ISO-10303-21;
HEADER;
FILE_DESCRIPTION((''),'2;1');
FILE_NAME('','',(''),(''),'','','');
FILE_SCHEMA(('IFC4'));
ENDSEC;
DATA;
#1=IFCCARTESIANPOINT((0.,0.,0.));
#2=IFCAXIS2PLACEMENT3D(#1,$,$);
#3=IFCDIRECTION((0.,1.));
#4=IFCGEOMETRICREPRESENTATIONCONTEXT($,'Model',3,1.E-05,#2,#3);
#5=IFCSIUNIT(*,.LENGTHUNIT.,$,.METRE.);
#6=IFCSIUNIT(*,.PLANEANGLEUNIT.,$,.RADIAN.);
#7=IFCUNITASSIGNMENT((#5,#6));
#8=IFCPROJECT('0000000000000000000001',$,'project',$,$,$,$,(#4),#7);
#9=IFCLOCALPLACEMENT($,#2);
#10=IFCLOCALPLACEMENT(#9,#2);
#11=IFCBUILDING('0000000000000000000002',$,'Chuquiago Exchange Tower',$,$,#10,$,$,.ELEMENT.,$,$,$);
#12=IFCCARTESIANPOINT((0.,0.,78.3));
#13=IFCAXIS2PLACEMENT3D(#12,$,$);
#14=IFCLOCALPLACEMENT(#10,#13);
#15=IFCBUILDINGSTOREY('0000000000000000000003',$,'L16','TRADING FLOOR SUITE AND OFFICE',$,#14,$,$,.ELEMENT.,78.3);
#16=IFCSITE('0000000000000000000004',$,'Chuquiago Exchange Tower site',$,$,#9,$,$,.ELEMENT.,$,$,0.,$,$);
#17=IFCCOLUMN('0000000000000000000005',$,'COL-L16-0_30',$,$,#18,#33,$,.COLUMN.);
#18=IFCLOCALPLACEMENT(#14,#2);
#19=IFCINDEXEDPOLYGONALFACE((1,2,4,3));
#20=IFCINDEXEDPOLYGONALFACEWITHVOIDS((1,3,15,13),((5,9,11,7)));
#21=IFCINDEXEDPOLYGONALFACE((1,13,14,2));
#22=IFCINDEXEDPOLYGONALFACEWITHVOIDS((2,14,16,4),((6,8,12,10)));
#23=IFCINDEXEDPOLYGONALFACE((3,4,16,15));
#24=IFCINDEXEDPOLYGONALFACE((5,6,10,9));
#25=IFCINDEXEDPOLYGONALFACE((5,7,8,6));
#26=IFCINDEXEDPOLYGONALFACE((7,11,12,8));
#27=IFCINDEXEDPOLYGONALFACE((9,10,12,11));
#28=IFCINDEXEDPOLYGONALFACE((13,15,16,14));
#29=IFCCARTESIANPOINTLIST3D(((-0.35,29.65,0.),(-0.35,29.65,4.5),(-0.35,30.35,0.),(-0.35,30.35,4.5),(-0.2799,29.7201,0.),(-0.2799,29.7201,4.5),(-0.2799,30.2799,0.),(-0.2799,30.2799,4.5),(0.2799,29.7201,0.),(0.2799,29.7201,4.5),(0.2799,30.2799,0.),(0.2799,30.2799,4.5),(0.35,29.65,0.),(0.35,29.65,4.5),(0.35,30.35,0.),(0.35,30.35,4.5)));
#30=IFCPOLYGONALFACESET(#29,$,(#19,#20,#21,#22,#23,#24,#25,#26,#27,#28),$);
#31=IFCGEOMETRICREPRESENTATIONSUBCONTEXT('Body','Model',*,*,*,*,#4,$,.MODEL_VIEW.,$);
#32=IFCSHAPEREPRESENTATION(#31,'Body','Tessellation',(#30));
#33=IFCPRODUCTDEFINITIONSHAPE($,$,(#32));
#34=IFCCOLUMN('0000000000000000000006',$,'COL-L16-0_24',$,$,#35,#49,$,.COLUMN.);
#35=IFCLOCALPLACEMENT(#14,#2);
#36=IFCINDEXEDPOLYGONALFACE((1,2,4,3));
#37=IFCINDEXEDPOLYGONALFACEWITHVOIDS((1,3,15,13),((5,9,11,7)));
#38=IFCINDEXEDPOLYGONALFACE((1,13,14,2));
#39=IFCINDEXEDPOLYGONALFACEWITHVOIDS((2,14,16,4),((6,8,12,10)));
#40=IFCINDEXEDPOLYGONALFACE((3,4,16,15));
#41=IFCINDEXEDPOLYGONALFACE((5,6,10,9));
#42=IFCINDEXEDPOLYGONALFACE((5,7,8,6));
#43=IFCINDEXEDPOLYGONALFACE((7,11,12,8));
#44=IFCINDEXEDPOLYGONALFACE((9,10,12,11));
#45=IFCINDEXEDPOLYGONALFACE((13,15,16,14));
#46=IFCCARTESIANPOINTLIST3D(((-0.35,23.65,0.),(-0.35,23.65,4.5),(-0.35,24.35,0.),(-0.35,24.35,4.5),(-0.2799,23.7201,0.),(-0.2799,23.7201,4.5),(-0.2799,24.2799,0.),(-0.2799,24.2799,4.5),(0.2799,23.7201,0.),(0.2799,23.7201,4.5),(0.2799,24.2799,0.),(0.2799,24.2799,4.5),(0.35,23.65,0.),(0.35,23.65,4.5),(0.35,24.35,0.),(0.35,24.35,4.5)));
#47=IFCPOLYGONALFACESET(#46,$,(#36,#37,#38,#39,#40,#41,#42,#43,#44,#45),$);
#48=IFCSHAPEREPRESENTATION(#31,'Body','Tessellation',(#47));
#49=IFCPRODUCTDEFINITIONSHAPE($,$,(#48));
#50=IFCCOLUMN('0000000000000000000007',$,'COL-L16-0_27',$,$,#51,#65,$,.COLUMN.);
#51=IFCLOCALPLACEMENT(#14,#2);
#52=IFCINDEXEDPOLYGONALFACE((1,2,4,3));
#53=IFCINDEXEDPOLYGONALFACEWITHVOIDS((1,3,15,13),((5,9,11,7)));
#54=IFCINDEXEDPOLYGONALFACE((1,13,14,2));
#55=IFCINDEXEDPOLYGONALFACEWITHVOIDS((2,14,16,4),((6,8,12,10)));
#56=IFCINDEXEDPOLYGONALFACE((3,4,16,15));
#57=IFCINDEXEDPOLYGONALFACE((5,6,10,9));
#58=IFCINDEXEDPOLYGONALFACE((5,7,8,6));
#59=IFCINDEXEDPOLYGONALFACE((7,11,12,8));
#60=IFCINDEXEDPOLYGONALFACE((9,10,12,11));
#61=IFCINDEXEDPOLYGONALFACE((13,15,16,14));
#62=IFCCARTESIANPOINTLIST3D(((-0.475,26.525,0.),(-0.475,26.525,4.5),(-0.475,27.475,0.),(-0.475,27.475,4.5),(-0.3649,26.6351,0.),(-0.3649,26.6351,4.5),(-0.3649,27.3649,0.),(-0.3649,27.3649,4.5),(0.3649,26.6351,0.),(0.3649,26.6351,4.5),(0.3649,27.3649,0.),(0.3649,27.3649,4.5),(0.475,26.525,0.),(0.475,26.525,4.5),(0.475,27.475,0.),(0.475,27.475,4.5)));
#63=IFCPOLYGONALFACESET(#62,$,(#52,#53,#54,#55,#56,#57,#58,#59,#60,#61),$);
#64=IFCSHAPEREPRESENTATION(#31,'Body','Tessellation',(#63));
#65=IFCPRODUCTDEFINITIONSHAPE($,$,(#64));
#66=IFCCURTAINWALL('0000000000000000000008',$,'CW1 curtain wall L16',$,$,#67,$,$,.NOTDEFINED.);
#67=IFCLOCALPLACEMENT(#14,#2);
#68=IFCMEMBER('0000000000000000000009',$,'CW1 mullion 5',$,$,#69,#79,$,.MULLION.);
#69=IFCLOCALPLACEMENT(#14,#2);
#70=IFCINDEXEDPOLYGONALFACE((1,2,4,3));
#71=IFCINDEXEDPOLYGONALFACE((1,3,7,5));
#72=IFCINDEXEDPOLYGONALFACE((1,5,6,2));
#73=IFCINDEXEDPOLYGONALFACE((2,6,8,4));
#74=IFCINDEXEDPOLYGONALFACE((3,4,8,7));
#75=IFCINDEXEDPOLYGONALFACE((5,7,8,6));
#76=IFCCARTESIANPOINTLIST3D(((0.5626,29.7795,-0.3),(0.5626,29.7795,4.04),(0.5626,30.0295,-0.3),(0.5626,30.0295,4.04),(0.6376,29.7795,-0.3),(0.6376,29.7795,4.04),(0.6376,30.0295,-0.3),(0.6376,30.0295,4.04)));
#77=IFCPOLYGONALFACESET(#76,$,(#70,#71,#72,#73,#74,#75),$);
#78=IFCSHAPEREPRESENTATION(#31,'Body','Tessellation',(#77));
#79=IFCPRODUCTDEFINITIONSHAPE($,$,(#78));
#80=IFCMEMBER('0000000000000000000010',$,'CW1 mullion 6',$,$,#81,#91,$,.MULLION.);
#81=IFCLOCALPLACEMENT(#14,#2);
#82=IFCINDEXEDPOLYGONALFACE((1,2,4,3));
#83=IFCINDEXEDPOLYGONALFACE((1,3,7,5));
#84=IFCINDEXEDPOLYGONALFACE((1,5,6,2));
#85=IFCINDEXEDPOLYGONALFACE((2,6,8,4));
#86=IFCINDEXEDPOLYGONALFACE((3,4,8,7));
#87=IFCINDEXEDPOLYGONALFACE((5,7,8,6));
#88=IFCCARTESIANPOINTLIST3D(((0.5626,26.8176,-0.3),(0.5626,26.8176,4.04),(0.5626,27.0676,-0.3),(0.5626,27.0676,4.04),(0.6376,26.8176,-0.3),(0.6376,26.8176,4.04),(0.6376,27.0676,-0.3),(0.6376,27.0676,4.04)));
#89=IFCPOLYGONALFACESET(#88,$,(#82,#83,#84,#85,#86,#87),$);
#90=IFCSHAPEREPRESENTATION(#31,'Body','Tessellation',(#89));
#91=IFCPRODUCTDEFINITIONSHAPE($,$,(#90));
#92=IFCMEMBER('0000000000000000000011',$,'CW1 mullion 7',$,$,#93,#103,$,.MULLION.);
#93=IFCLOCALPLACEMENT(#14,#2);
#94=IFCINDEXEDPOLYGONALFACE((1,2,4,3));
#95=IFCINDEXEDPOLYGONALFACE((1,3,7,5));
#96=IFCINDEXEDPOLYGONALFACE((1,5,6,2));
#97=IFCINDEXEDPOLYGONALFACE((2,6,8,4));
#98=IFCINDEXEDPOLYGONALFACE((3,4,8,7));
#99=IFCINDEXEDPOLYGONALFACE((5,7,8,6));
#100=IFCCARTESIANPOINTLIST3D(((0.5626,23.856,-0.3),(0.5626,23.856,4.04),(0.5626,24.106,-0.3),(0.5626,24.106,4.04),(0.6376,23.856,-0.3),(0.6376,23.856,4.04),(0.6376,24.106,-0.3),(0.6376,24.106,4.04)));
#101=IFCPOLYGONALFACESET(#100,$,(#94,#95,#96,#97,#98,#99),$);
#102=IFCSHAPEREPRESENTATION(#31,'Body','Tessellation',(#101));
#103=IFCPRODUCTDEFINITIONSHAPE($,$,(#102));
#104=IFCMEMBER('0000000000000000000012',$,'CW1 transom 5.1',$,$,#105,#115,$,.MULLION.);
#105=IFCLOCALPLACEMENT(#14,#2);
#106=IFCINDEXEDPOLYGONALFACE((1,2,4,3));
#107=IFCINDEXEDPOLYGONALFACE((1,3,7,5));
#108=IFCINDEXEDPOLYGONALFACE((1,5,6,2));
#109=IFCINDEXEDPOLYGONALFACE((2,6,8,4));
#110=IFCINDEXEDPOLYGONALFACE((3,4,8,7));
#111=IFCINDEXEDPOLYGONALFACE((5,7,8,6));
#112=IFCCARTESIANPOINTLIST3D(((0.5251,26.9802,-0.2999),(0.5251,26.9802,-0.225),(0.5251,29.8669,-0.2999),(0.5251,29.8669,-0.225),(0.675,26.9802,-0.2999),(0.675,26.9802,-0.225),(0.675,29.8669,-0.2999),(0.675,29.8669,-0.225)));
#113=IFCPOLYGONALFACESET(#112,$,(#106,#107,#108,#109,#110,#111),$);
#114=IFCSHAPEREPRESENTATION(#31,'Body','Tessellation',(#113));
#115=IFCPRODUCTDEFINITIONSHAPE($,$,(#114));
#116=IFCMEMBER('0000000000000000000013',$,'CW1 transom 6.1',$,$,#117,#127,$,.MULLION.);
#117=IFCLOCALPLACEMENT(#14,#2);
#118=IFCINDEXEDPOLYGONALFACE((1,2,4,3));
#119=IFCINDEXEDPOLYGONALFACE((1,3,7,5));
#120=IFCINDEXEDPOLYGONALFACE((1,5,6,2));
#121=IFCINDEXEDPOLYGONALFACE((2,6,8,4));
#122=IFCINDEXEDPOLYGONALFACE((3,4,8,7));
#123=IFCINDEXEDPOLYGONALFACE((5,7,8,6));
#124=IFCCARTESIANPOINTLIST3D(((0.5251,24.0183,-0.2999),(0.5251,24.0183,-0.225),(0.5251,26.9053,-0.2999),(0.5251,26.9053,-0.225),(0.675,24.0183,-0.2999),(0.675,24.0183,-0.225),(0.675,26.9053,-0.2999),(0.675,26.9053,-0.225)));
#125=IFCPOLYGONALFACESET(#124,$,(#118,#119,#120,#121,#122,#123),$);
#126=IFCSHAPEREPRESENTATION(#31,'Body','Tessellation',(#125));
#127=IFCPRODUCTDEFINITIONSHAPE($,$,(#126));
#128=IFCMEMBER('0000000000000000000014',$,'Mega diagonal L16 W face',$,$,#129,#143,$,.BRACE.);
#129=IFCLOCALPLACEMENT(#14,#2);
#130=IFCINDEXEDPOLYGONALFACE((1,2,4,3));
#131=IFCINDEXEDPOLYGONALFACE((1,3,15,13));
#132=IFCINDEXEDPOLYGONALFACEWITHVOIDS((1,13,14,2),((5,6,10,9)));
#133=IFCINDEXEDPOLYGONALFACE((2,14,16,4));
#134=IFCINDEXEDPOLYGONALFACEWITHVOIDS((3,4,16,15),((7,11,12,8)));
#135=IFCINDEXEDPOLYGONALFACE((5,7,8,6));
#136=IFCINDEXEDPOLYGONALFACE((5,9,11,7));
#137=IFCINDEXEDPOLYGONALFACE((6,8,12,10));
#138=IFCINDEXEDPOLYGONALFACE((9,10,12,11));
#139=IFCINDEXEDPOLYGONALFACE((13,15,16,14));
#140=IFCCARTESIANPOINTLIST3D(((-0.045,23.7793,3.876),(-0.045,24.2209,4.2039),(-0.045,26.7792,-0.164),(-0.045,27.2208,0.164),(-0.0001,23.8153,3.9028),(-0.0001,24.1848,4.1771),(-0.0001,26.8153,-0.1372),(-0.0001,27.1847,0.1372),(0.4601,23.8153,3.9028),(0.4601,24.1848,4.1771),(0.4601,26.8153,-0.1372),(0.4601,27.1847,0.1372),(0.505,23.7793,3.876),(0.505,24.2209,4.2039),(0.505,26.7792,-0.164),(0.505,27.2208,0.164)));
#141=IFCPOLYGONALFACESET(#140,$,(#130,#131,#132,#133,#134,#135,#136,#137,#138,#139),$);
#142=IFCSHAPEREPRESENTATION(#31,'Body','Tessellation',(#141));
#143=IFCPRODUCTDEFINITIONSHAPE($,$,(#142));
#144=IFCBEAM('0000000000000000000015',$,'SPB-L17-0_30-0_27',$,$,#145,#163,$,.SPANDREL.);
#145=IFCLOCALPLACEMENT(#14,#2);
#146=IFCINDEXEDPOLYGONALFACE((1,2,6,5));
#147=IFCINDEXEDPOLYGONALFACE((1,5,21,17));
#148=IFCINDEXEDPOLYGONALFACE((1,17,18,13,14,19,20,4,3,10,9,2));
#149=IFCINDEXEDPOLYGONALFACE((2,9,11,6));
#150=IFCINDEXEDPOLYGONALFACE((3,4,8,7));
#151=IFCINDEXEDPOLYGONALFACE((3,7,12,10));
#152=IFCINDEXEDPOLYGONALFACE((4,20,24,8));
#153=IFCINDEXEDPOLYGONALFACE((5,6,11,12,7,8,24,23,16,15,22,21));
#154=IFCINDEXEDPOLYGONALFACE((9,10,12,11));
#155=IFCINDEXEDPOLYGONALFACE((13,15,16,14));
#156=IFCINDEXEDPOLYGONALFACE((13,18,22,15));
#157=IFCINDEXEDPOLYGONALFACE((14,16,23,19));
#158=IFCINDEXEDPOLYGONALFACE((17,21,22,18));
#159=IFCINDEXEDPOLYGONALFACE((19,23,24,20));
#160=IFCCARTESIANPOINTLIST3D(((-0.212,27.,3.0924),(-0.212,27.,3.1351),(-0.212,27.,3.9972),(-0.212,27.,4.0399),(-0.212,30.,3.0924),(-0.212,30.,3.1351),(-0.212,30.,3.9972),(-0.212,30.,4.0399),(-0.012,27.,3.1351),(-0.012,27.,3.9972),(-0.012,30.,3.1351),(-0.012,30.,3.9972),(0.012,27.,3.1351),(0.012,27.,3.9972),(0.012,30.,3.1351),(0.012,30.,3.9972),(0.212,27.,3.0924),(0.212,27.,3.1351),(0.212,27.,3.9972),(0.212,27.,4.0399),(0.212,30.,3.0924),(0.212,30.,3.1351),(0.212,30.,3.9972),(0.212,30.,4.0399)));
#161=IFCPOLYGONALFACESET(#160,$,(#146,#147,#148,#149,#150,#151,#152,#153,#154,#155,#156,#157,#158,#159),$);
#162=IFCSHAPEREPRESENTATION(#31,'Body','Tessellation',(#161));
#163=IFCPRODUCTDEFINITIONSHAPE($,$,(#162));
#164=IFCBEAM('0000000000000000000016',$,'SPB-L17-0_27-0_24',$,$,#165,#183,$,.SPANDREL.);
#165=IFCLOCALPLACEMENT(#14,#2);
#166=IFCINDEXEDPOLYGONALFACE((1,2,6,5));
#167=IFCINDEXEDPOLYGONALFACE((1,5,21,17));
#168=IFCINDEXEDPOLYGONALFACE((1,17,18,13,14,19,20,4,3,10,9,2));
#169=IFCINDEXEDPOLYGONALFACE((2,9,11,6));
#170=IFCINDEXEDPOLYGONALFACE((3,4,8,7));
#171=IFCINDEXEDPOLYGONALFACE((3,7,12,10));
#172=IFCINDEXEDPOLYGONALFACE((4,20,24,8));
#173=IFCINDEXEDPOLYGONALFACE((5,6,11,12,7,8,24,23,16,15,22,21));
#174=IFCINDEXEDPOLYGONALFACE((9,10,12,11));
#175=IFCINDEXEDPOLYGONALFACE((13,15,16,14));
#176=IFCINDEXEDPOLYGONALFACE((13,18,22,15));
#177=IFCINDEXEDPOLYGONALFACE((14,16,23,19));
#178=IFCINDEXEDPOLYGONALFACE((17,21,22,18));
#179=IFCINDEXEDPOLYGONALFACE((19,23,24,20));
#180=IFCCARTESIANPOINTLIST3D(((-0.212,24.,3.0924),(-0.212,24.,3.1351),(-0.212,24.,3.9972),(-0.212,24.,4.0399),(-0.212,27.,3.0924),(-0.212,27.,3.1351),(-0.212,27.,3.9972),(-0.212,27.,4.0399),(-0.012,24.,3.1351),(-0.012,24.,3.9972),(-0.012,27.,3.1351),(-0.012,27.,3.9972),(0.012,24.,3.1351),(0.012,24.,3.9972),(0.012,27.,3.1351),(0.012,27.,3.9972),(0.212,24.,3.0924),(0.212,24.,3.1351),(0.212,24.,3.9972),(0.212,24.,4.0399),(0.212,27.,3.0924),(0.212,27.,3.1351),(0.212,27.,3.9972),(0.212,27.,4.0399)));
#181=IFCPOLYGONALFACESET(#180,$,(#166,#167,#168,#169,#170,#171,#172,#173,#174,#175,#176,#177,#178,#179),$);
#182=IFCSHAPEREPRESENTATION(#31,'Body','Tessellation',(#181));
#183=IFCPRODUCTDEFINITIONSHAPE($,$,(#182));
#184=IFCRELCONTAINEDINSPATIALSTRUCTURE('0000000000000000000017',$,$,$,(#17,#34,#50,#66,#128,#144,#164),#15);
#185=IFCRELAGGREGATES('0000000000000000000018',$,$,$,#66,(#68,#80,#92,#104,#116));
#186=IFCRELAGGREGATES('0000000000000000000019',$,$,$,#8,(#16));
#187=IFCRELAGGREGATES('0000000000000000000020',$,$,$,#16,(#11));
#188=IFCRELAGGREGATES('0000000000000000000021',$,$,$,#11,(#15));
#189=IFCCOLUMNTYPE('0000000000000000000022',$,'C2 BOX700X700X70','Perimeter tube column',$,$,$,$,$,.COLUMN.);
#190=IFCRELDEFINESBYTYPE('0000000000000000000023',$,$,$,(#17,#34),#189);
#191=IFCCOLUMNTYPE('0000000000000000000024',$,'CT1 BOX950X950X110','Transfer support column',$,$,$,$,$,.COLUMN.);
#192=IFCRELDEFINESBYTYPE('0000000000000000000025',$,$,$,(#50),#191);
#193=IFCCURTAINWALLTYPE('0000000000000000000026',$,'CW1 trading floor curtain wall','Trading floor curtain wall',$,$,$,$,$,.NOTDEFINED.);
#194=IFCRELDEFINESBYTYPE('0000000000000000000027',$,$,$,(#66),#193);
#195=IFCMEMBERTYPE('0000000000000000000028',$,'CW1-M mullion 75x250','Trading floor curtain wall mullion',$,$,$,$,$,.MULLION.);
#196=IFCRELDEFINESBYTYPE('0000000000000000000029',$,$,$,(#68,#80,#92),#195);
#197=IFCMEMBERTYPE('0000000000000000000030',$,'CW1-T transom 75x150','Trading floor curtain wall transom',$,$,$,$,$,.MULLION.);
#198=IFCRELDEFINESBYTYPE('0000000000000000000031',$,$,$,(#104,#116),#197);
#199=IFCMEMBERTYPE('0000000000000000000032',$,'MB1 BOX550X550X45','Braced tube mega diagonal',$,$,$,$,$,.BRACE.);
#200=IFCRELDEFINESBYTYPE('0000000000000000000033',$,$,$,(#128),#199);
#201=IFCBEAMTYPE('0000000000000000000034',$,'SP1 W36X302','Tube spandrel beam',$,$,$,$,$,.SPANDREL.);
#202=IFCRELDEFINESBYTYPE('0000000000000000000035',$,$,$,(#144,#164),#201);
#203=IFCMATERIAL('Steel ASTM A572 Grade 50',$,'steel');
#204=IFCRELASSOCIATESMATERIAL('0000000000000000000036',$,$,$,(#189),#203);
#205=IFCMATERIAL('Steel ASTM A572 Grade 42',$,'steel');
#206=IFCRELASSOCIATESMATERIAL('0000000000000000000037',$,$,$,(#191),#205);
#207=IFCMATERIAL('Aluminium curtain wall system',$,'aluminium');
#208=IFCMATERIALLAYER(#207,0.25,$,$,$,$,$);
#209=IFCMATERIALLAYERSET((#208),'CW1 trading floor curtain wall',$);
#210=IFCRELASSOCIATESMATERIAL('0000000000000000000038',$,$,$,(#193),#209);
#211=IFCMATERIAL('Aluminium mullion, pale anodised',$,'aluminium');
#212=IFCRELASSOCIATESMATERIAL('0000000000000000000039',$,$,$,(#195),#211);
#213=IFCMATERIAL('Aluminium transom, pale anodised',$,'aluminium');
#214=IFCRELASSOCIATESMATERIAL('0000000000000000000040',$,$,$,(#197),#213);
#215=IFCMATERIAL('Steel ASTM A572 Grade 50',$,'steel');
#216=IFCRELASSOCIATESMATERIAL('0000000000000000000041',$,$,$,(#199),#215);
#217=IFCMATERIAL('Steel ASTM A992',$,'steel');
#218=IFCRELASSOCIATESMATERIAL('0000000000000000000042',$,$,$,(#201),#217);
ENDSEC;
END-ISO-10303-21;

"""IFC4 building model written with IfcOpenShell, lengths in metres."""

from ifc_helpers import new_model, si_unit, direction, frame, origin, origin_2d, place, context, subcontext, project, spatial, rectangle, hollow_rectangle, i_section, extrude, material, layer, layer_set, material_profile, profile_set, type_object, element, aggregate, save


model = new_model("IFC4")

# Units and contexts
model_context = context("Model", 3, precision=1e-05, world=origin(), true_north=direction((0.0, 1.0)))
body_context = subcontext(model_context, "Body", "Model", "MODEL_VIEW")
ifc_project = project(units=[si_unit("LENGTHUNIT", "METRE"), si_unit("PLANEANGLEUNIT", "RADIAN")], contexts=[model_context])

# Site, building, storey
site_placement = place(None, origin())
site = spatial("IfcSite", under=ifc_project, at=site_placement, Name="Chuquiago Exchange Tower site", CompositionType="ELEMENT", RefElevation=0.0)
building_placement = place(site_placement, origin())
building = spatial("IfcBuilding", under=site, at=building_placement, Name="Chuquiago Exchange Tower", CompositionType="ELEMENT")
storey_placement = place(building_placement, frame((0.0, 0.0, 78.3)))
storey = spatial("IfcBuildingStorey", under=building, at=storey_placement, Name="L16", Description="TRADING FLOOR SUITE AND OFFICE", CompositionType="ELEMENT", Elevation=78.3)

# Columns
ifc_material_1 = material(Name="Steel ASTM A572 Grade 50", Category="steel")
ifc_material_profile_1 = material_profile(ifc_material_1, hollow_rectangle(XDim=0.7, YDim=0.7, WallThickness=0.0701, at=origin_2d()), Name="BOX700X700X70")
ifc_profile_set_1 = profile_set([ifc_material_profile_1], Name="Steel ASTM A572 Grade 50")
column_type_1 = type_object("IfcColumnType", Name="C2 BOX700X700X70", Description="Perimeter tube column", PredefinedType="COLUMN", material=ifc_profile_set_1)
for number, where, z_axis, x_axis, name in (
    (1, (0.0, 30.0, 0.0), (0.0, 0.0, 1.0), (-1.0, 0.0, 0.0), "COL-L16-0_30"),
    (2, (0.0, 24.0, 0.0), (0.0, 0.0, 1.0), (-1.0, 0.0, 0.0), "COL-L16-0_24"),
):
    element("IfcColumn", number, at=place(storey_placement, frame(where, z_axis=z_axis, x_axis=x_axis)), inside=storey, type_object=column_type_1, Name=name, PredefinedType="COLUMN", context=body_context, shape_type="SweptSolid", body=[
        extrude(hollow_rectangle(XDim=0.7, YDim=0.7, WallThickness=0.0701, at=origin_2d()), origin(), (0.0, 0.0, 1.0), 4.5),
    ])
ifc_material_2 = material(Name="Steel ASTM A572 Grade 42", Category="steel")
ifc_material_profile_2 = material_profile(ifc_material_2, hollow_rectangle(XDim=0.95, YDim=0.95, WallThickness=0.1101, at=origin_2d()), Name="BOX950X950X110")
ifc_profile_set_2 = profile_set([ifc_material_profile_2], Name="Steel ASTM A572 Grade 42")
column_type_2 = type_object("IfcColumnType", Name="CT1 BOX950X950X110", Description="Transfer support column", PredefinedType="COLUMN", material=ifc_profile_set_2)
column_placement = place(storey_placement, frame((0.0, 27.0, 0.0), z_axis=(0.0, 0.0, 1.0), x_axis=(-1.0, 0.0, 0.0)))
element("IfcColumn", 3, at=column_placement, inside=storey, type_object=column_type_2, Name="COL-L16-0_27", PredefinedType="COLUMN", context=body_context, shape_type="SweptSolid", body=[
    extrude(hollow_rectangle(XDim=0.95, YDim=0.95, WallThickness=0.1101, at=origin_2d()), origin(), (0.0, 0.0, 1.0), 4.5),
])

# Curtain wall, members
ifc_material_3 = material(Name="Aluminium curtain wall system", Category="aluminium")
ifc_layer_1 = layer(ifc_material_3, 0.25)
ifc_layer_set_1 = layer_set([ifc_layer_1], Name="CW1 trading floor curtain wall")
curtain_wall_type = type_object("IfcCurtainWallType", Name="CW1 trading floor curtain wall", Description="Trading floor curtain wall", PredefinedType="NOTDEFINED", material=ifc_layer_set_1)
curtain_wall_placement = place(storey_placement, origin())
curtain_wall = element("IfcCurtainWall", 4, at=curtain_wall_placement, inside=storey, type_object=curtain_wall_type, Name="CW1 curtain wall L16", PredefinedType="NOTDEFINED")
ifc_material_4 = material(Name="Aluminium mullion, pale anodised", Category="aluminium")
ifc_material_profile_3 = material_profile(ifc_material_4, rectangle(XDim=0.075, YDim=0.25, at=origin_2d()), Name="AL 75x250")
ifc_profile_set_3 = profile_set([ifc_material_profile_3], Name="Aluminium mullion, pale anodised")
member_type_1 = type_object("IfcMemberType", Name="CW1-M mullion 75x250", Description="Trading floor curtain wall mullion", PredefinedType="MULLION", material=ifc_profile_set_3)
member_1_placement = place(storey_placement, frame((0.6001, 29.9045, -0.3), z_axis=(0.0, 0.0, 1.0), x_axis=(1.0, 0.0, 0.0)))
member_1 = element("IfcMember", 5, at=member_1_placement, type_object=member_type_1, Name="CW1 mullion 5", PredefinedType="MULLION", context=body_context, shape_type="SweptSolid", body=[
    extrude(rectangle(XDim=0.075, YDim=0.25, at=origin_2d()), origin(), (0.0, 0.0, 1.0), 4.3401),
])
member_2_placement = place(storey_placement, frame((0.6001, 26.9426, -0.3), z_axis=(0.0, 0.0, 1.0), x_axis=(1.0, 0.0, 0.0)))
member_2 = element("IfcMember", 6, at=member_2_placement, type_object=member_type_1, Name="CW1 mullion 6", PredefinedType="MULLION", context=body_context, shape_type="SweptSolid", body=[
    extrude(rectangle(XDim=0.075, YDim=0.25, at=origin_2d()), origin(), (0.0, 0.0, 1.0), 4.3401),
])
member_3_placement = place(storey_placement, frame((0.6001, 23.981, -0.3), z_axis=(0.0, 0.0, 1.0), x_axis=(1.0, 0.0, 0.0)))
member_3 = element("IfcMember", 7, at=member_3_placement, type_object=member_type_1, Name="CW1 mullion 7", PredefinedType="MULLION", context=body_context, shape_type="SweptSolid", body=[
    extrude(rectangle(XDim=0.075, YDim=0.25, at=origin_2d()), origin(), (0.0, 0.0, 1.0), 4.3401),
])
ifc_material_5 = material(Name="Aluminium transom, pale anodised", Category="aluminium")
ifc_material_profile_4 = material_profile(ifc_material_5, rectangle(XDim=0.1499, YDim=0.075, at=origin_2d()), Name="AL 150x75")
ifc_profile_set_4 = profile_set([ifc_material_profile_4], Name="Aluminium transom, pale anodised")
member_type_2 = type_object("IfcMemberType", Name="CW1-T transom 75x150", Description="Trading floor curtain wall transom", PredefinedType="MULLION", material=ifc_profile_set_4)
member_4_placement = place(storey_placement, frame((0.6001, 29.8669, -0.2625), z_axis=(0.0, -1.0, 0.0), x_axis=(1.0, 0.0, 0.0)))
member_4 = element("IfcMember", 8, at=member_4_placement, type_object=member_type_2, Name="CW1 transom 5.1", PredefinedType="MULLION", context=body_context, shape_type="SweptSolid", body=[
    extrude(rectangle(XDim=0.1499, YDim=0.075, at=origin_2d()), origin(), (0.0, 0.0, 1.0), 2.8867),
])
member_5_placement = place(storey_placement, frame((0.6001, 26.9053, -0.2625), z_axis=(0.0, -1.0, 0.0), x_axis=(1.0, 0.0, 0.0)))
member_5 = element("IfcMember", 9, at=member_5_placement, type_object=member_type_2, Name="CW1 transom 6.1", PredefinedType="MULLION", context=body_context, shape_type="SweptSolid", body=[
    extrude(rectangle(XDim=0.1499, YDim=0.075, at=origin_2d()), origin(), (0.0, 0.0, 1.0), 2.887),
])

# Member
ifc_material_6 = material(Name="Steel ASTM A572 Grade 50", Category="steel")
ifc_material_profile_5 = material_profile(ifc_material_6, hollow_rectangle(XDim=0.55, YDim=0.55, WallThickness=0.0449, at=origin_2d()), Name="BOX550X550X45")
ifc_profile_set_5 = profile_set([ifc_material_profile_5], Name="Steel ASTM A572 Grade 50")
member_type_3 = type_object("IfcMemberType", Name="MB1 BOX550X550X45", Description="Braced tube mega diagonal", PredefinedType="BRACE", material=ifc_profile_set_5)
member_6_placement = place(storey_placement, frame((0.23, 27.0, 0.0), z_axis=(0.0, -0.596174, 0.802855), x_axis=(1.0, 0.0, 0.0)))
element("IfcMember", 10, at=member_6_placement, inside=storey, type_object=member_type_3, Name="Mega diagonal L16 W face", PredefinedType="BRACE", context=body_context, shape_type="SweptSolid", body=[
    extrude(hollow_rectangle(XDim=0.55, YDim=0.55, WallThickness=0.0449, at=origin_2d()), origin(), (0.0, 0.0, 1.0), 5.032),
])

# Beams
ifc_material_7 = material(Name="Steel ASTM A992", Category="steel")
ifc_material_profile_6 = material_profile(ifc_material_7, i_section(OverallWidth=0.4241, OverallDepth=0.9475, WebThickness=0.0239, FlangeThickness=0.0427, at=origin_2d()), Name="W36X302")
ifc_profile_set_6 = profile_set([ifc_material_profile_6], Name="Steel ASTM A992")
beam_type = type_object("IfcBeamType", Name="SP1 W36X302", Description="Tube spandrel beam", PredefinedType="SPANDREL", material=ifc_profile_set_6)
for number, where, z_axis, x_axis, name in (
    (11, (0.0, 30.0, 3.5662), (0.0, -1.0, 0.0), (1.0, 0.0, 0.0), "SPB-L17-0_30-0_27"),
    (12, (0.0, 27.0, 3.5662), (0.0, -1.0, 0.0), (1.0, 0.0, 0.0), "SPB-L17-0_27-0_24"),
):
    element("IfcBeam", number, at=place(storey_placement, frame(where, z_axis=z_axis, x_axis=x_axis)), inside=storey, type_object=beam_type, Name=name, PredefinedType="SPANDREL", context=body_context, shape_type="SweptSolid", body=[
        extrude(i_section(OverallWidth=0.4241, OverallDepth=0.9475, WebThickness=0.0239, FlangeThickness=0.0427, at=origin_2d()), origin(), (0.0, 0.0, 1.0), 3.0),
    ])

aggregate(curtain_wall, [member_1, member_2, member_3, member_4, member_5])

save(model, "model.ifc")
